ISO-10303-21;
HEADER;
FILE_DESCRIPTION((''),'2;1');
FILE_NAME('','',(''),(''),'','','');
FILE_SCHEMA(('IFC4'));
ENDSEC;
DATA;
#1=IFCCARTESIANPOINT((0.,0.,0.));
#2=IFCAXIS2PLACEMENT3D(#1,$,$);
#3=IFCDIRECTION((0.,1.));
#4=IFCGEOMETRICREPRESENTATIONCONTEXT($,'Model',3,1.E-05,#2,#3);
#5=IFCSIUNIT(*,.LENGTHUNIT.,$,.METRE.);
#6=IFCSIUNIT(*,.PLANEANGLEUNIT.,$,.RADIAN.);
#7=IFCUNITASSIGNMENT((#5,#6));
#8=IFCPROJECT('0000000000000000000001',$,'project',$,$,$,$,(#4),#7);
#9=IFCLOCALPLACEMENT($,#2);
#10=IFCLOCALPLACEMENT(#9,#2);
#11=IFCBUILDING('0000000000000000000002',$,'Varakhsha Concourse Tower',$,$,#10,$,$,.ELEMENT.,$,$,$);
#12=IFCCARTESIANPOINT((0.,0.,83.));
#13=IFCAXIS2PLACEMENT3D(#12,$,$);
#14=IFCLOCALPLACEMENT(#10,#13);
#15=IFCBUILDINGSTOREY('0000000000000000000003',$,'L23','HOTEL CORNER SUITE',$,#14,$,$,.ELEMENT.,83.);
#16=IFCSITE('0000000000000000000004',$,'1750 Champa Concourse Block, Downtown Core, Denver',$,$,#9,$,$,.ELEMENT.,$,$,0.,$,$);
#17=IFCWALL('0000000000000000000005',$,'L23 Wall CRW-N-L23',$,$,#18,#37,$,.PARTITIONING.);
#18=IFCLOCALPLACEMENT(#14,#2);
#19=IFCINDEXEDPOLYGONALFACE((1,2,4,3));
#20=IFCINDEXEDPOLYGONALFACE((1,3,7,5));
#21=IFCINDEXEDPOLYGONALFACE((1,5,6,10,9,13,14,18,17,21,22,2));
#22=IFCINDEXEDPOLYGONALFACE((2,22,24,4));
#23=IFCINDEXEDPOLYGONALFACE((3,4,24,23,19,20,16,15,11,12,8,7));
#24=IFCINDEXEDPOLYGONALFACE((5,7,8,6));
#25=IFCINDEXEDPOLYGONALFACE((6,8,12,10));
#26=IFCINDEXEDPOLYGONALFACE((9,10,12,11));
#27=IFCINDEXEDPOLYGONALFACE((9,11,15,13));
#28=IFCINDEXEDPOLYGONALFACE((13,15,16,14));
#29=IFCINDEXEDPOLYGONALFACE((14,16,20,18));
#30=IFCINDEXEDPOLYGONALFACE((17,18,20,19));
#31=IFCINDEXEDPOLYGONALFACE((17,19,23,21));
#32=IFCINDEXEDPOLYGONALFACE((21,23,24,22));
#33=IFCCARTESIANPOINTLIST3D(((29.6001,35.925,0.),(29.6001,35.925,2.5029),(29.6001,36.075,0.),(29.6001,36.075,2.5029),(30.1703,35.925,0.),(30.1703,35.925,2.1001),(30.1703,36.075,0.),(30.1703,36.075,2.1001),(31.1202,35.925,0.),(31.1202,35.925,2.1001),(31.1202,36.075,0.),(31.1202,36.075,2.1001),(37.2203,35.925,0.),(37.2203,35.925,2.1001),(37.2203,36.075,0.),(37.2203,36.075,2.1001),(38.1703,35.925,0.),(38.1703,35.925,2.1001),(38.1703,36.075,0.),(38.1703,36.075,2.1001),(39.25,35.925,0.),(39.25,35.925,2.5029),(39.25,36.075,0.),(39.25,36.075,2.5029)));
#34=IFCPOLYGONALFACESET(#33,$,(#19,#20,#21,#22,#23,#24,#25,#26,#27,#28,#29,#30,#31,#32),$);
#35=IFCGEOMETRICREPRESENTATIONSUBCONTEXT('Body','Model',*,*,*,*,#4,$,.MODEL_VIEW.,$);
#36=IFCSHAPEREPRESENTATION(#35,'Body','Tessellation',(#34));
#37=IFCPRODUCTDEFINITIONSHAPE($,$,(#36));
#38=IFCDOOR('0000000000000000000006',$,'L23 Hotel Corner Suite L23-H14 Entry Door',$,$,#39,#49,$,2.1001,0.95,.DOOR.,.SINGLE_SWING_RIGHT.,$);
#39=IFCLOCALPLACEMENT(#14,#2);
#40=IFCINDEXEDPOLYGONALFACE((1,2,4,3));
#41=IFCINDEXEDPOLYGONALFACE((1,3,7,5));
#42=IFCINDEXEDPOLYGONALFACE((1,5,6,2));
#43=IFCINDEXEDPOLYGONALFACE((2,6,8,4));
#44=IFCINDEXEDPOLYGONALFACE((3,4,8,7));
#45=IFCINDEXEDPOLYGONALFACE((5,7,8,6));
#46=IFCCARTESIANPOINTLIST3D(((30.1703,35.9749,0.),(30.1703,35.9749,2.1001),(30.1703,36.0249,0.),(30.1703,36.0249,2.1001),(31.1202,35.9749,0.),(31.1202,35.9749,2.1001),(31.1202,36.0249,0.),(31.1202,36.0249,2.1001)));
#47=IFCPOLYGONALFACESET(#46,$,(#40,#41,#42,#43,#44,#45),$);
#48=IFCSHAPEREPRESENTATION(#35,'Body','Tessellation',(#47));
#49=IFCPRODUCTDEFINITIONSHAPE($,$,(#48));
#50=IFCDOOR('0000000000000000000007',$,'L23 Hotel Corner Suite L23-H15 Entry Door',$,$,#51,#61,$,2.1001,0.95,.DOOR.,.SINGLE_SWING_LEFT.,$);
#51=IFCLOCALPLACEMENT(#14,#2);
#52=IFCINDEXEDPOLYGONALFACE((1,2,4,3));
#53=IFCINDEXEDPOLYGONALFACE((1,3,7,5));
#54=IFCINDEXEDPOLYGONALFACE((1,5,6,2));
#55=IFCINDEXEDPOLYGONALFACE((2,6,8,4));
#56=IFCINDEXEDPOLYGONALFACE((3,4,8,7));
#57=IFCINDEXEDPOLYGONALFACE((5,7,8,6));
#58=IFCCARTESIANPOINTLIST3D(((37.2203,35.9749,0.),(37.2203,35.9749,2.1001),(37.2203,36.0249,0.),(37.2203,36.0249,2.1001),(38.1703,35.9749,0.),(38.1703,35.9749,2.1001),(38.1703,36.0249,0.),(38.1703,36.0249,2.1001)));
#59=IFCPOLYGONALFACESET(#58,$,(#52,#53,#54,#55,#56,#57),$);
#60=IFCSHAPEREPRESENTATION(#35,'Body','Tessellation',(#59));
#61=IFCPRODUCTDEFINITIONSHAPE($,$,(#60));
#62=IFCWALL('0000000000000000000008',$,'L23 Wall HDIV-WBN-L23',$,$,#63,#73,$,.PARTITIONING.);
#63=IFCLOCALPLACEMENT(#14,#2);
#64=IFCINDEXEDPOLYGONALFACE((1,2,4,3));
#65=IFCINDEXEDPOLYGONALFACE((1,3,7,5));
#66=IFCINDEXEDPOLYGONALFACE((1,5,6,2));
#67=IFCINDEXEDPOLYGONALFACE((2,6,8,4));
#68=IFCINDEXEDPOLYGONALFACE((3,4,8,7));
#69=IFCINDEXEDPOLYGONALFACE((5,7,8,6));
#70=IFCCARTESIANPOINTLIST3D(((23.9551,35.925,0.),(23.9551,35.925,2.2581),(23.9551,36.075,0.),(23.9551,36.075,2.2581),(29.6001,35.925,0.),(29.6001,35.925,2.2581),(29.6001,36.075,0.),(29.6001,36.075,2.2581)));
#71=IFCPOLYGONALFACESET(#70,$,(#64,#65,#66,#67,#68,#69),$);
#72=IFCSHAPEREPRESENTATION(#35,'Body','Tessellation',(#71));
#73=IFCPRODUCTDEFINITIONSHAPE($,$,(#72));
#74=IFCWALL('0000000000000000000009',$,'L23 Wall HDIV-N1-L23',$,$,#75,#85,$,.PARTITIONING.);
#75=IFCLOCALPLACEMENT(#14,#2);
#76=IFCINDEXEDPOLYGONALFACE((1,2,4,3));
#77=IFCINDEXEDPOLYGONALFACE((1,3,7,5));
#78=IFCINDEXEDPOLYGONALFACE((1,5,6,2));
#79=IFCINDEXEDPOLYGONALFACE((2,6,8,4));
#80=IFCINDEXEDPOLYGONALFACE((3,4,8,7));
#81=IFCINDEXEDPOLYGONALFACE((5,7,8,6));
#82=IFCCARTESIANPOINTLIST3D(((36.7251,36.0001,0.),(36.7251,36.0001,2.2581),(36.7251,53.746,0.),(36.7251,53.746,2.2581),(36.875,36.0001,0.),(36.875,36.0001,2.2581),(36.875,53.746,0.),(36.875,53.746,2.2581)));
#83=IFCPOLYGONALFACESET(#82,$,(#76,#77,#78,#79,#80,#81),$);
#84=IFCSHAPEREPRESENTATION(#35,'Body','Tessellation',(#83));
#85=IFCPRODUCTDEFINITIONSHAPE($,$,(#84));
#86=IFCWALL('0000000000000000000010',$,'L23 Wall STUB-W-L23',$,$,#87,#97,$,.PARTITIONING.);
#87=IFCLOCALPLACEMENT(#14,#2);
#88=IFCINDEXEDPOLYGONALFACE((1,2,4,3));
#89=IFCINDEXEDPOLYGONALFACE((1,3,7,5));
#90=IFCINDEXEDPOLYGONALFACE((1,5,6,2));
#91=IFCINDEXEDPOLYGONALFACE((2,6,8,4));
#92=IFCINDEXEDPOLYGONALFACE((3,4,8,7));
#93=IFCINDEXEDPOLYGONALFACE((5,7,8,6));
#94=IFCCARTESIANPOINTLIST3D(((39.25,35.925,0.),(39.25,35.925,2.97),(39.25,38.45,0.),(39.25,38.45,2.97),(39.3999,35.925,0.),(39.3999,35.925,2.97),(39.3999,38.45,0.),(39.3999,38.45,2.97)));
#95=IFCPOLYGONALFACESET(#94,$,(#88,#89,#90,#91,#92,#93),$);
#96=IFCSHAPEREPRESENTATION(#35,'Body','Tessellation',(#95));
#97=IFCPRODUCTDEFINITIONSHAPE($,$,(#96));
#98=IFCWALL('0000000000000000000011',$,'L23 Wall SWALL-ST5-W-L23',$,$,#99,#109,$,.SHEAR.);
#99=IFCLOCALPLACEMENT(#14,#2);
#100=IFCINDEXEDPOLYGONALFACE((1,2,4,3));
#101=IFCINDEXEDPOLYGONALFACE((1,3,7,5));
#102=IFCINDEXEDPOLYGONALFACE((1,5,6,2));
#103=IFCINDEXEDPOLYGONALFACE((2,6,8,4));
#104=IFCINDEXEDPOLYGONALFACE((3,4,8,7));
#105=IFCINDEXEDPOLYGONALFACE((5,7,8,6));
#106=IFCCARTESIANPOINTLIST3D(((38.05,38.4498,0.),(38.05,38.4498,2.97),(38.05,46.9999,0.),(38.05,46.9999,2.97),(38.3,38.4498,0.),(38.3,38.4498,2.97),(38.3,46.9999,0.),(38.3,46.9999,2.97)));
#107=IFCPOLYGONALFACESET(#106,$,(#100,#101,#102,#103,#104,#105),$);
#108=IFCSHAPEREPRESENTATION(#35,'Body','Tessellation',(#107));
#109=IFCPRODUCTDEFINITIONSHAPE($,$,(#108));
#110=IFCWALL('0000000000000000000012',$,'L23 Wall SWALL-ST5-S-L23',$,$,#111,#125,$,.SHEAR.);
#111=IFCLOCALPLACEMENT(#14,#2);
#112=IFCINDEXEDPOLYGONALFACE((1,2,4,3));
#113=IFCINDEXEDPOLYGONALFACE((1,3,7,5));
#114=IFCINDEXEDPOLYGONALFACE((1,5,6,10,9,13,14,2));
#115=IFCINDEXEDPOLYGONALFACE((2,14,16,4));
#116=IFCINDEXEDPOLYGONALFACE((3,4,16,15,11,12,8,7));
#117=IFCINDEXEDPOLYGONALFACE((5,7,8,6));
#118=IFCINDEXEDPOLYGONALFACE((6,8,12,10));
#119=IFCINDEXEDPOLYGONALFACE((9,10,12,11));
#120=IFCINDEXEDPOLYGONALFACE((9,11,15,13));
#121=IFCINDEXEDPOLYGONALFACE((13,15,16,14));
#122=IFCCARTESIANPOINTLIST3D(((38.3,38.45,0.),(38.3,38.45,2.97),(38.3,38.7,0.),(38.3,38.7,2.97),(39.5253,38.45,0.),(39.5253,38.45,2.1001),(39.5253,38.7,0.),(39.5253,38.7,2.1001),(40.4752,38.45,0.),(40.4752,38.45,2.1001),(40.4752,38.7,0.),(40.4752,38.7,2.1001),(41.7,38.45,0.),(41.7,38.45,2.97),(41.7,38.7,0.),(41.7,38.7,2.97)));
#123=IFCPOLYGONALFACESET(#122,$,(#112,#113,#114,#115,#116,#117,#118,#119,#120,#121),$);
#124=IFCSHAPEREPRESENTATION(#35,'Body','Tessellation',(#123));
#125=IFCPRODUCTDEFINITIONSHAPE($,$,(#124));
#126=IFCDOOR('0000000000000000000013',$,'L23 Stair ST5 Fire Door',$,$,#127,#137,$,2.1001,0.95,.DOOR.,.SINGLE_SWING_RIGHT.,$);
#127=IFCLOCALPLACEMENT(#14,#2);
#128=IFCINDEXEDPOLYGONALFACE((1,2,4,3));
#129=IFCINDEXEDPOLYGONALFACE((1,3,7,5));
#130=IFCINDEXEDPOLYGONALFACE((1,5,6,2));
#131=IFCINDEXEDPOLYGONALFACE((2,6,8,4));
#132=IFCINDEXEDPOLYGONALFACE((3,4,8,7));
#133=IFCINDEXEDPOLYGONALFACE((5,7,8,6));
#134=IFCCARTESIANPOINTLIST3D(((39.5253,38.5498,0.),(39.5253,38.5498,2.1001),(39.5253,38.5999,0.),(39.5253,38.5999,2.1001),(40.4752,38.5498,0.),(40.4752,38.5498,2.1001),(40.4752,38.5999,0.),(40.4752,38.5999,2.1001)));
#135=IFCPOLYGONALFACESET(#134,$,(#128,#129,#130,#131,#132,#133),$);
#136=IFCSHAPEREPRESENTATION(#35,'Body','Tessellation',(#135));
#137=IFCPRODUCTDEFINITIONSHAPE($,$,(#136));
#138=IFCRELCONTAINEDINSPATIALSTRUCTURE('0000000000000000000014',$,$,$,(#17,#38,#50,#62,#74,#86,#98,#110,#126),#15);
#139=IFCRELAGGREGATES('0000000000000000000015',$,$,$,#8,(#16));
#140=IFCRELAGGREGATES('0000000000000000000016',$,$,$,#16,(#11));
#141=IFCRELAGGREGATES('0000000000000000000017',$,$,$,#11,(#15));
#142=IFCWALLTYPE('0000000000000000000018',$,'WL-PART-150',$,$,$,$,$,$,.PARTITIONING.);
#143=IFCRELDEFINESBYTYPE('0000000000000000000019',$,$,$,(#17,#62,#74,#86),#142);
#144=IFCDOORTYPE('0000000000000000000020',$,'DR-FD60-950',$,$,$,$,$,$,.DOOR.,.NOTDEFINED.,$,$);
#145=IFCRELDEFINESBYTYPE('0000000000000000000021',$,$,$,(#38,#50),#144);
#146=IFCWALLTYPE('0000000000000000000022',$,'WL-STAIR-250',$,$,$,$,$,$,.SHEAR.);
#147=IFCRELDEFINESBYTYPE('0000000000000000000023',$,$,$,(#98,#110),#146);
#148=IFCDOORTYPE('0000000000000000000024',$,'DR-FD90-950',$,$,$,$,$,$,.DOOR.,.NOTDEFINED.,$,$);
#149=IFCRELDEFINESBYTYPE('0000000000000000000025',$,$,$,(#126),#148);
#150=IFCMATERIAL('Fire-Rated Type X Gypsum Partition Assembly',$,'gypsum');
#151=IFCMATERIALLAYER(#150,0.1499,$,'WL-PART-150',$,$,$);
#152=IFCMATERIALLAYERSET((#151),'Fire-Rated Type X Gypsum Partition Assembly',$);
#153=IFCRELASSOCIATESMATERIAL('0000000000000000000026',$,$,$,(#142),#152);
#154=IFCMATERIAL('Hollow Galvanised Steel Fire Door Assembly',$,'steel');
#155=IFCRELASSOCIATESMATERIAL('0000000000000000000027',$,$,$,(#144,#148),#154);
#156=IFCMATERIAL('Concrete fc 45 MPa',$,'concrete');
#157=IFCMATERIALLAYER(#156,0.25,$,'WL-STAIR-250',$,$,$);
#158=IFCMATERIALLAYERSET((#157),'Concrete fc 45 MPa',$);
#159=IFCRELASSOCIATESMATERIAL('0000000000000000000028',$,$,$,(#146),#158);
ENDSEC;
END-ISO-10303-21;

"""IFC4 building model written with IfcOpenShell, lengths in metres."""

from ifc_helpers import new_model, si_unit, direction, frame, frame_2d, origin, place, context, subcontext, project, spatial, rectangle, extrude, material, layer, layer_set, type_object, element, fill, save


model = new_model("IFC4")

# Units and contexts
model_context = context("Model", 3, precision=1e-05, world=origin(), true_north=direction((0.0, 1.0)))
body_context = subcontext(model_context, "Body", "Model", "MODEL_VIEW")
ifc_project = project(units=[si_unit("LENGTHUNIT", "METRE"), si_unit("PLANEANGLEUNIT", "RADIAN")], contexts=[model_context])

# Site, building, storey
site_placement = place(None, origin())
site = spatial("IfcSite", under=ifc_project, at=site_placement, Name="1750 Champa Concourse Block, Downtown Core, Denver", CompositionType="ELEMENT", RefElevation=0.0)
building_placement = place(site_placement, origin())
building = spatial("IfcBuilding", under=site, at=building_placement, Name="Varakhsha Concourse Tower", CompositionType="ELEMENT")
storey_placement = place(building_placement, frame((0.0, 0.0, 83.0)))
storey = spatial("IfcBuildingStorey", under=building, at=storey_placement, Name="L23", Description="HOTEL CORNER SUITE", CompositionType="ELEMENT", Elevation=83.0)

# Wall, openings, doors
ifc_material_1 = material(Name="Fire-Rated Type X Gypsum Partition Assembly", Category="gypsum")
ifc_layer_1 = layer(ifc_material_1, 0.1499, Name="WL-PART-150")
ifc_layer_set_1 = layer_set([ifc_layer_1], Name="Fire-Rated Type X Gypsum Partition Assembly")
wall_type_1 = type_object("IfcWallType", Name="WL-PART-150", PredefinedType="PARTITIONING", material=ifc_layer_set_1)
ifc_material_2 = material(Name="Hollow Galvanised Steel Fire Door Assembly", Category="steel")
wall_1_placement = place(storey_placement, frame((29.6001, 36.0, 0.0), z_axis=(0.0, 0.0, 1.0), x_axis=(1.0, 0.0, 0.0)))
wall_1 = element("IfcWall", 1, at=wall_1_placement, inside=storey, type_object=wall_type_1, Name="L23 Wall CRW-N-L23", PredefinedType="PARTITIONING", context=body_context, shape_type="SweptSolid", body=[
    extrude(rectangle(XDim=9.6499, YDim=0.1499, at=frame_2d((4.825, 0.0))), origin(), (0.0, 0.0, 1.0), 2.5029),
])
opening_1_placement = place(wall_1_placement, frame((0.5701, 0.0, 0.0)))
opening_1 = element("IfcOpeningElement", 2, at=opening_1_placement, cuts=wall_1, PredefinedType="OPENING", context=body_context, shape_type="SweptSolid", body=[
    extrude(rectangle(XDim=0.95, YDim=2.1001, at=frame_2d((0.4751, 1.05))), frame((0.0, 0.085, 0.0), z_axis=(0.0, -1.0, 0.0), x_axis=(1.0, 0.0, 0.0)), (0.0, 0.0, 1.0), 0.1699),
])
opening_2_placement = place(wall_1_placement, frame((7.6201, 0.0, 0.0)))
opening_2 = element("IfcOpeningElement", 3, at=opening_2_placement, cuts=wall_1, PredefinedType="OPENING", context=body_context, shape_type="SweptSolid", body=[
    extrude(rectangle(XDim=0.95, YDim=2.1001, at=frame_2d((0.4751, 1.05))), frame((0.0, 0.085, 0.0), z_axis=(0.0, -1.0, 0.0), x_axis=(1.0, 0.0, 0.0)), (0.0, 0.0, 1.0), 0.1699),
])
door_type_1 = type_object("IfcDoorType", Name="DR-FD60-950", OperationType="NOTDEFINED", PredefinedType="DOOR", material=ifc_material_2)
door_1_placement = place(opening_1_placement, origin())
door_1 = element("IfcDoor", 4, at=door_1_placement, inside=storey, type_object=door_type_1, Name="L23 Hotel Corner Suite L23-H14 Entry Door", OperationType="SINGLE_SWING_RIGHT", OverallHeight=2.1001, OverallWidth=0.95, PredefinedType="DOOR", context=body_context, shape_type="SweptSolid", body=[
    extrude(rectangle(XDim=0.95, YDim=2.1001, at=frame_2d((0.4751, 1.05))), frame((0.0, 0.0249, 0.0), z_axis=(0.0, -1.0, 0.0), x_axis=(1.0, 0.0, 0.0)), (0.0, 0.0, 1.0), 0.05),
])
fill(opening_1, door_1)
door_2_placement = place(opening_2_placement, origin())
door_2 = element("IfcDoor", 5, at=door_2_placement, inside=storey, type_object=door_type_1, Name="L23 Hotel Corner Suite L23-H15 Entry Door", OperationType="SINGLE_SWING_LEFT", OverallHeight=2.1001, OverallWidth=0.95, PredefinedType="DOOR", context=body_context, shape_type="SweptSolid", body=[
    extrude(rectangle(XDim=0.95, YDim=2.1001, at=frame_2d((0.4751, 1.05))), frame((0.0, 0.0249, 0.0), z_axis=(0.0, -1.0, 0.0), x_axis=(1.0, 0.0, 0.0)), (0.0, 0.0, 1.0), 0.05),
])
fill(opening_2, door_2)

# Walls
wall_2_placement = place(storey_placement, frame((23.9551, 36.0, 0.0), z_axis=(0.0, 0.0, 1.0), x_axis=(1.0, 0.0, 0.0)))
element("IfcWall", 6, at=wall_2_placement, inside=storey, type_object=wall_type_1, Name="L23 Wall HDIV-WBN-L23", PredefinedType="PARTITIONING", context=body_context, shape_type="SweptSolid", body=[
    extrude(rectangle(XDim=5.645, YDim=0.1499, at=frame_2d((2.8225, 0.0))), origin(), (0.0, 0.0, 1.0), 2.2581),
])
wall_3_placement = place(storey_placement, frame((36.8, 36.0, 0.0), z_axis=(0.0, 0.0, 1.0), x_axis=(0.0, 1.0, 0.0)))
element("IfcWall", 7, at=wall_3_placement, inside=storey, type_object=wall_type_1, Name="L23 Wall HDIV-N1-L23", PredefinedType="PARTITIONING", context=body_context, shape_type="SweptSolid", body=[
    extrude(rectangle(XDim=17.7458, YDim=0.1499, at=frame_2d((8.873, 0.0))), origin(), (0.0, 0.0, 1.0), 2.2581),
])
wall_4_placement = place(storey_placement, frame((39.325, 35.925, 0.0), z_axis=(0.0, 0.0, 1.0), x_axis=(0.0, 1.0, 0.0)))
element("IfcWall", 8, at=wall_4_placement, inside=storey, type_object=wall_type_1, Name="L23 Wall STUB-W-L23", PredefinedType="PARTITIONING", context=body_context, shape_type="SweptSolid", body=[
    extrude(rectangle(XDim=2.5249, YDim=0.1499, at=frame_2d((1.2625, 0.0))), origin(), (0.0, 0.0, 1.0), 2.97),
])
ifc_material_3 = material(Name="Concrete fc 45 MPa", Category="concrete")
ifc_layer_2 = layer(ifc_material_3, 0.25, Name="WL-STAIR-250")
ifc_layer_set_2 = layer_set([ifc_layer_2], Name="Concrete fc 45 MPa")
wall_type_2 = type_object("IfcWallType", Name="WL-STAIR-250", PredefinedType="SHEAR", material=ifc_layer_set_2)
wall_5_placement = place(storey_placement, frame((38.175, 38.45, 0.0), z_axis=(0.0, 0.0, 1.0), x_axis=(0.0, 1.0, 0.0)))
element("IfcWall", 9, at=wall_5_placement, inside=storey, type_object=wall_type_2, Name="L23 Wall SWALL-ST5-W-L23", PredefinedType="SHEAR", context=body_context, shape_type="SweptSolid", body=[
    extrude(rectangle(XDim=8.55, YDim=0.25, at=frame_2d((4.2749, 0.0))), origin(), (0.0, 0.0, 1.0), 2.97),
])

# Wall, opening, door
wall_6_placement = place(storey_placement, frame((38.3, 38.575, 0.0), z_axis=(0.0, 0.0, 1.0), x_axis=(1.0, 0.0, 0.0)))
wall_6 = element("IfcWall", 10, at=wall_6_placement, inside=storey, type_object=wall_type_2, Name="L23 Wall SWALL-ST5-S-L23", PredefinedType="SHEAR", context=body_context, shape_type="SweptSolid", body=[
    extrude(rectangle(XDim=3.3999, YDim=0.25, at=frame_2d((1.7, 0.0))), origin(), (0.0, 0.0, 1.0), 2.97),
])
opening_3_placement = place(wall_6_placement, frame((1.2251, 0.0, 0.0)))
opening_3 = element("IfcOpeningElement", 11, at=opening_3_placement, cuts=wall_6, PredefinedType="OPENING", context=body_context, shape_type="SweptSolid", body=[
    extrude(rectangle(XDim=0.95, YDim=2.1001, at=frame_2d((0.4751, 1.05))), frame((0.0, 0.135, 0.0), z_axis=(0.0, -1.0, 0.0), x_axis=(1.0, 0.0, 0.0)), (0.0, 0.0, 1.0), 0.27),
])
door_type_2 = type_object("IfcDoorType", Name="DR-FD90-950", OperationType="NOTDEFINED", PredefinedType="DOOR", material=ifc_material_2)
door_3_placement = place(opening_3_placement, origin())
door_3 = element("IfcDoor", 12, at=door_3_placement, inside=storey, type_object=door_type_2, Name="L23 Stair ST5 Fire Door", OperationType="SINGLE_SWING_RIGHT", OverallHeight=2.1001, OverallWidth=0.95, PredefinedType="DOOR", context=body_context, shape_type="SweptSolid", body=[
    extrude(rectangle(XDim=0.95, YDim=2.1001, at=frame_2d((0.4751, 1.05))), frame((0.0, 0.0249, 0.0), z_axis=(0.0, -1.0, 0.0), x_axis=(1.0, 0.0, 0.0)), (0.0, 0.0, 1.0), 0.05),
])
fill(opening_3, door_3)

save(model, "model.ifc")
